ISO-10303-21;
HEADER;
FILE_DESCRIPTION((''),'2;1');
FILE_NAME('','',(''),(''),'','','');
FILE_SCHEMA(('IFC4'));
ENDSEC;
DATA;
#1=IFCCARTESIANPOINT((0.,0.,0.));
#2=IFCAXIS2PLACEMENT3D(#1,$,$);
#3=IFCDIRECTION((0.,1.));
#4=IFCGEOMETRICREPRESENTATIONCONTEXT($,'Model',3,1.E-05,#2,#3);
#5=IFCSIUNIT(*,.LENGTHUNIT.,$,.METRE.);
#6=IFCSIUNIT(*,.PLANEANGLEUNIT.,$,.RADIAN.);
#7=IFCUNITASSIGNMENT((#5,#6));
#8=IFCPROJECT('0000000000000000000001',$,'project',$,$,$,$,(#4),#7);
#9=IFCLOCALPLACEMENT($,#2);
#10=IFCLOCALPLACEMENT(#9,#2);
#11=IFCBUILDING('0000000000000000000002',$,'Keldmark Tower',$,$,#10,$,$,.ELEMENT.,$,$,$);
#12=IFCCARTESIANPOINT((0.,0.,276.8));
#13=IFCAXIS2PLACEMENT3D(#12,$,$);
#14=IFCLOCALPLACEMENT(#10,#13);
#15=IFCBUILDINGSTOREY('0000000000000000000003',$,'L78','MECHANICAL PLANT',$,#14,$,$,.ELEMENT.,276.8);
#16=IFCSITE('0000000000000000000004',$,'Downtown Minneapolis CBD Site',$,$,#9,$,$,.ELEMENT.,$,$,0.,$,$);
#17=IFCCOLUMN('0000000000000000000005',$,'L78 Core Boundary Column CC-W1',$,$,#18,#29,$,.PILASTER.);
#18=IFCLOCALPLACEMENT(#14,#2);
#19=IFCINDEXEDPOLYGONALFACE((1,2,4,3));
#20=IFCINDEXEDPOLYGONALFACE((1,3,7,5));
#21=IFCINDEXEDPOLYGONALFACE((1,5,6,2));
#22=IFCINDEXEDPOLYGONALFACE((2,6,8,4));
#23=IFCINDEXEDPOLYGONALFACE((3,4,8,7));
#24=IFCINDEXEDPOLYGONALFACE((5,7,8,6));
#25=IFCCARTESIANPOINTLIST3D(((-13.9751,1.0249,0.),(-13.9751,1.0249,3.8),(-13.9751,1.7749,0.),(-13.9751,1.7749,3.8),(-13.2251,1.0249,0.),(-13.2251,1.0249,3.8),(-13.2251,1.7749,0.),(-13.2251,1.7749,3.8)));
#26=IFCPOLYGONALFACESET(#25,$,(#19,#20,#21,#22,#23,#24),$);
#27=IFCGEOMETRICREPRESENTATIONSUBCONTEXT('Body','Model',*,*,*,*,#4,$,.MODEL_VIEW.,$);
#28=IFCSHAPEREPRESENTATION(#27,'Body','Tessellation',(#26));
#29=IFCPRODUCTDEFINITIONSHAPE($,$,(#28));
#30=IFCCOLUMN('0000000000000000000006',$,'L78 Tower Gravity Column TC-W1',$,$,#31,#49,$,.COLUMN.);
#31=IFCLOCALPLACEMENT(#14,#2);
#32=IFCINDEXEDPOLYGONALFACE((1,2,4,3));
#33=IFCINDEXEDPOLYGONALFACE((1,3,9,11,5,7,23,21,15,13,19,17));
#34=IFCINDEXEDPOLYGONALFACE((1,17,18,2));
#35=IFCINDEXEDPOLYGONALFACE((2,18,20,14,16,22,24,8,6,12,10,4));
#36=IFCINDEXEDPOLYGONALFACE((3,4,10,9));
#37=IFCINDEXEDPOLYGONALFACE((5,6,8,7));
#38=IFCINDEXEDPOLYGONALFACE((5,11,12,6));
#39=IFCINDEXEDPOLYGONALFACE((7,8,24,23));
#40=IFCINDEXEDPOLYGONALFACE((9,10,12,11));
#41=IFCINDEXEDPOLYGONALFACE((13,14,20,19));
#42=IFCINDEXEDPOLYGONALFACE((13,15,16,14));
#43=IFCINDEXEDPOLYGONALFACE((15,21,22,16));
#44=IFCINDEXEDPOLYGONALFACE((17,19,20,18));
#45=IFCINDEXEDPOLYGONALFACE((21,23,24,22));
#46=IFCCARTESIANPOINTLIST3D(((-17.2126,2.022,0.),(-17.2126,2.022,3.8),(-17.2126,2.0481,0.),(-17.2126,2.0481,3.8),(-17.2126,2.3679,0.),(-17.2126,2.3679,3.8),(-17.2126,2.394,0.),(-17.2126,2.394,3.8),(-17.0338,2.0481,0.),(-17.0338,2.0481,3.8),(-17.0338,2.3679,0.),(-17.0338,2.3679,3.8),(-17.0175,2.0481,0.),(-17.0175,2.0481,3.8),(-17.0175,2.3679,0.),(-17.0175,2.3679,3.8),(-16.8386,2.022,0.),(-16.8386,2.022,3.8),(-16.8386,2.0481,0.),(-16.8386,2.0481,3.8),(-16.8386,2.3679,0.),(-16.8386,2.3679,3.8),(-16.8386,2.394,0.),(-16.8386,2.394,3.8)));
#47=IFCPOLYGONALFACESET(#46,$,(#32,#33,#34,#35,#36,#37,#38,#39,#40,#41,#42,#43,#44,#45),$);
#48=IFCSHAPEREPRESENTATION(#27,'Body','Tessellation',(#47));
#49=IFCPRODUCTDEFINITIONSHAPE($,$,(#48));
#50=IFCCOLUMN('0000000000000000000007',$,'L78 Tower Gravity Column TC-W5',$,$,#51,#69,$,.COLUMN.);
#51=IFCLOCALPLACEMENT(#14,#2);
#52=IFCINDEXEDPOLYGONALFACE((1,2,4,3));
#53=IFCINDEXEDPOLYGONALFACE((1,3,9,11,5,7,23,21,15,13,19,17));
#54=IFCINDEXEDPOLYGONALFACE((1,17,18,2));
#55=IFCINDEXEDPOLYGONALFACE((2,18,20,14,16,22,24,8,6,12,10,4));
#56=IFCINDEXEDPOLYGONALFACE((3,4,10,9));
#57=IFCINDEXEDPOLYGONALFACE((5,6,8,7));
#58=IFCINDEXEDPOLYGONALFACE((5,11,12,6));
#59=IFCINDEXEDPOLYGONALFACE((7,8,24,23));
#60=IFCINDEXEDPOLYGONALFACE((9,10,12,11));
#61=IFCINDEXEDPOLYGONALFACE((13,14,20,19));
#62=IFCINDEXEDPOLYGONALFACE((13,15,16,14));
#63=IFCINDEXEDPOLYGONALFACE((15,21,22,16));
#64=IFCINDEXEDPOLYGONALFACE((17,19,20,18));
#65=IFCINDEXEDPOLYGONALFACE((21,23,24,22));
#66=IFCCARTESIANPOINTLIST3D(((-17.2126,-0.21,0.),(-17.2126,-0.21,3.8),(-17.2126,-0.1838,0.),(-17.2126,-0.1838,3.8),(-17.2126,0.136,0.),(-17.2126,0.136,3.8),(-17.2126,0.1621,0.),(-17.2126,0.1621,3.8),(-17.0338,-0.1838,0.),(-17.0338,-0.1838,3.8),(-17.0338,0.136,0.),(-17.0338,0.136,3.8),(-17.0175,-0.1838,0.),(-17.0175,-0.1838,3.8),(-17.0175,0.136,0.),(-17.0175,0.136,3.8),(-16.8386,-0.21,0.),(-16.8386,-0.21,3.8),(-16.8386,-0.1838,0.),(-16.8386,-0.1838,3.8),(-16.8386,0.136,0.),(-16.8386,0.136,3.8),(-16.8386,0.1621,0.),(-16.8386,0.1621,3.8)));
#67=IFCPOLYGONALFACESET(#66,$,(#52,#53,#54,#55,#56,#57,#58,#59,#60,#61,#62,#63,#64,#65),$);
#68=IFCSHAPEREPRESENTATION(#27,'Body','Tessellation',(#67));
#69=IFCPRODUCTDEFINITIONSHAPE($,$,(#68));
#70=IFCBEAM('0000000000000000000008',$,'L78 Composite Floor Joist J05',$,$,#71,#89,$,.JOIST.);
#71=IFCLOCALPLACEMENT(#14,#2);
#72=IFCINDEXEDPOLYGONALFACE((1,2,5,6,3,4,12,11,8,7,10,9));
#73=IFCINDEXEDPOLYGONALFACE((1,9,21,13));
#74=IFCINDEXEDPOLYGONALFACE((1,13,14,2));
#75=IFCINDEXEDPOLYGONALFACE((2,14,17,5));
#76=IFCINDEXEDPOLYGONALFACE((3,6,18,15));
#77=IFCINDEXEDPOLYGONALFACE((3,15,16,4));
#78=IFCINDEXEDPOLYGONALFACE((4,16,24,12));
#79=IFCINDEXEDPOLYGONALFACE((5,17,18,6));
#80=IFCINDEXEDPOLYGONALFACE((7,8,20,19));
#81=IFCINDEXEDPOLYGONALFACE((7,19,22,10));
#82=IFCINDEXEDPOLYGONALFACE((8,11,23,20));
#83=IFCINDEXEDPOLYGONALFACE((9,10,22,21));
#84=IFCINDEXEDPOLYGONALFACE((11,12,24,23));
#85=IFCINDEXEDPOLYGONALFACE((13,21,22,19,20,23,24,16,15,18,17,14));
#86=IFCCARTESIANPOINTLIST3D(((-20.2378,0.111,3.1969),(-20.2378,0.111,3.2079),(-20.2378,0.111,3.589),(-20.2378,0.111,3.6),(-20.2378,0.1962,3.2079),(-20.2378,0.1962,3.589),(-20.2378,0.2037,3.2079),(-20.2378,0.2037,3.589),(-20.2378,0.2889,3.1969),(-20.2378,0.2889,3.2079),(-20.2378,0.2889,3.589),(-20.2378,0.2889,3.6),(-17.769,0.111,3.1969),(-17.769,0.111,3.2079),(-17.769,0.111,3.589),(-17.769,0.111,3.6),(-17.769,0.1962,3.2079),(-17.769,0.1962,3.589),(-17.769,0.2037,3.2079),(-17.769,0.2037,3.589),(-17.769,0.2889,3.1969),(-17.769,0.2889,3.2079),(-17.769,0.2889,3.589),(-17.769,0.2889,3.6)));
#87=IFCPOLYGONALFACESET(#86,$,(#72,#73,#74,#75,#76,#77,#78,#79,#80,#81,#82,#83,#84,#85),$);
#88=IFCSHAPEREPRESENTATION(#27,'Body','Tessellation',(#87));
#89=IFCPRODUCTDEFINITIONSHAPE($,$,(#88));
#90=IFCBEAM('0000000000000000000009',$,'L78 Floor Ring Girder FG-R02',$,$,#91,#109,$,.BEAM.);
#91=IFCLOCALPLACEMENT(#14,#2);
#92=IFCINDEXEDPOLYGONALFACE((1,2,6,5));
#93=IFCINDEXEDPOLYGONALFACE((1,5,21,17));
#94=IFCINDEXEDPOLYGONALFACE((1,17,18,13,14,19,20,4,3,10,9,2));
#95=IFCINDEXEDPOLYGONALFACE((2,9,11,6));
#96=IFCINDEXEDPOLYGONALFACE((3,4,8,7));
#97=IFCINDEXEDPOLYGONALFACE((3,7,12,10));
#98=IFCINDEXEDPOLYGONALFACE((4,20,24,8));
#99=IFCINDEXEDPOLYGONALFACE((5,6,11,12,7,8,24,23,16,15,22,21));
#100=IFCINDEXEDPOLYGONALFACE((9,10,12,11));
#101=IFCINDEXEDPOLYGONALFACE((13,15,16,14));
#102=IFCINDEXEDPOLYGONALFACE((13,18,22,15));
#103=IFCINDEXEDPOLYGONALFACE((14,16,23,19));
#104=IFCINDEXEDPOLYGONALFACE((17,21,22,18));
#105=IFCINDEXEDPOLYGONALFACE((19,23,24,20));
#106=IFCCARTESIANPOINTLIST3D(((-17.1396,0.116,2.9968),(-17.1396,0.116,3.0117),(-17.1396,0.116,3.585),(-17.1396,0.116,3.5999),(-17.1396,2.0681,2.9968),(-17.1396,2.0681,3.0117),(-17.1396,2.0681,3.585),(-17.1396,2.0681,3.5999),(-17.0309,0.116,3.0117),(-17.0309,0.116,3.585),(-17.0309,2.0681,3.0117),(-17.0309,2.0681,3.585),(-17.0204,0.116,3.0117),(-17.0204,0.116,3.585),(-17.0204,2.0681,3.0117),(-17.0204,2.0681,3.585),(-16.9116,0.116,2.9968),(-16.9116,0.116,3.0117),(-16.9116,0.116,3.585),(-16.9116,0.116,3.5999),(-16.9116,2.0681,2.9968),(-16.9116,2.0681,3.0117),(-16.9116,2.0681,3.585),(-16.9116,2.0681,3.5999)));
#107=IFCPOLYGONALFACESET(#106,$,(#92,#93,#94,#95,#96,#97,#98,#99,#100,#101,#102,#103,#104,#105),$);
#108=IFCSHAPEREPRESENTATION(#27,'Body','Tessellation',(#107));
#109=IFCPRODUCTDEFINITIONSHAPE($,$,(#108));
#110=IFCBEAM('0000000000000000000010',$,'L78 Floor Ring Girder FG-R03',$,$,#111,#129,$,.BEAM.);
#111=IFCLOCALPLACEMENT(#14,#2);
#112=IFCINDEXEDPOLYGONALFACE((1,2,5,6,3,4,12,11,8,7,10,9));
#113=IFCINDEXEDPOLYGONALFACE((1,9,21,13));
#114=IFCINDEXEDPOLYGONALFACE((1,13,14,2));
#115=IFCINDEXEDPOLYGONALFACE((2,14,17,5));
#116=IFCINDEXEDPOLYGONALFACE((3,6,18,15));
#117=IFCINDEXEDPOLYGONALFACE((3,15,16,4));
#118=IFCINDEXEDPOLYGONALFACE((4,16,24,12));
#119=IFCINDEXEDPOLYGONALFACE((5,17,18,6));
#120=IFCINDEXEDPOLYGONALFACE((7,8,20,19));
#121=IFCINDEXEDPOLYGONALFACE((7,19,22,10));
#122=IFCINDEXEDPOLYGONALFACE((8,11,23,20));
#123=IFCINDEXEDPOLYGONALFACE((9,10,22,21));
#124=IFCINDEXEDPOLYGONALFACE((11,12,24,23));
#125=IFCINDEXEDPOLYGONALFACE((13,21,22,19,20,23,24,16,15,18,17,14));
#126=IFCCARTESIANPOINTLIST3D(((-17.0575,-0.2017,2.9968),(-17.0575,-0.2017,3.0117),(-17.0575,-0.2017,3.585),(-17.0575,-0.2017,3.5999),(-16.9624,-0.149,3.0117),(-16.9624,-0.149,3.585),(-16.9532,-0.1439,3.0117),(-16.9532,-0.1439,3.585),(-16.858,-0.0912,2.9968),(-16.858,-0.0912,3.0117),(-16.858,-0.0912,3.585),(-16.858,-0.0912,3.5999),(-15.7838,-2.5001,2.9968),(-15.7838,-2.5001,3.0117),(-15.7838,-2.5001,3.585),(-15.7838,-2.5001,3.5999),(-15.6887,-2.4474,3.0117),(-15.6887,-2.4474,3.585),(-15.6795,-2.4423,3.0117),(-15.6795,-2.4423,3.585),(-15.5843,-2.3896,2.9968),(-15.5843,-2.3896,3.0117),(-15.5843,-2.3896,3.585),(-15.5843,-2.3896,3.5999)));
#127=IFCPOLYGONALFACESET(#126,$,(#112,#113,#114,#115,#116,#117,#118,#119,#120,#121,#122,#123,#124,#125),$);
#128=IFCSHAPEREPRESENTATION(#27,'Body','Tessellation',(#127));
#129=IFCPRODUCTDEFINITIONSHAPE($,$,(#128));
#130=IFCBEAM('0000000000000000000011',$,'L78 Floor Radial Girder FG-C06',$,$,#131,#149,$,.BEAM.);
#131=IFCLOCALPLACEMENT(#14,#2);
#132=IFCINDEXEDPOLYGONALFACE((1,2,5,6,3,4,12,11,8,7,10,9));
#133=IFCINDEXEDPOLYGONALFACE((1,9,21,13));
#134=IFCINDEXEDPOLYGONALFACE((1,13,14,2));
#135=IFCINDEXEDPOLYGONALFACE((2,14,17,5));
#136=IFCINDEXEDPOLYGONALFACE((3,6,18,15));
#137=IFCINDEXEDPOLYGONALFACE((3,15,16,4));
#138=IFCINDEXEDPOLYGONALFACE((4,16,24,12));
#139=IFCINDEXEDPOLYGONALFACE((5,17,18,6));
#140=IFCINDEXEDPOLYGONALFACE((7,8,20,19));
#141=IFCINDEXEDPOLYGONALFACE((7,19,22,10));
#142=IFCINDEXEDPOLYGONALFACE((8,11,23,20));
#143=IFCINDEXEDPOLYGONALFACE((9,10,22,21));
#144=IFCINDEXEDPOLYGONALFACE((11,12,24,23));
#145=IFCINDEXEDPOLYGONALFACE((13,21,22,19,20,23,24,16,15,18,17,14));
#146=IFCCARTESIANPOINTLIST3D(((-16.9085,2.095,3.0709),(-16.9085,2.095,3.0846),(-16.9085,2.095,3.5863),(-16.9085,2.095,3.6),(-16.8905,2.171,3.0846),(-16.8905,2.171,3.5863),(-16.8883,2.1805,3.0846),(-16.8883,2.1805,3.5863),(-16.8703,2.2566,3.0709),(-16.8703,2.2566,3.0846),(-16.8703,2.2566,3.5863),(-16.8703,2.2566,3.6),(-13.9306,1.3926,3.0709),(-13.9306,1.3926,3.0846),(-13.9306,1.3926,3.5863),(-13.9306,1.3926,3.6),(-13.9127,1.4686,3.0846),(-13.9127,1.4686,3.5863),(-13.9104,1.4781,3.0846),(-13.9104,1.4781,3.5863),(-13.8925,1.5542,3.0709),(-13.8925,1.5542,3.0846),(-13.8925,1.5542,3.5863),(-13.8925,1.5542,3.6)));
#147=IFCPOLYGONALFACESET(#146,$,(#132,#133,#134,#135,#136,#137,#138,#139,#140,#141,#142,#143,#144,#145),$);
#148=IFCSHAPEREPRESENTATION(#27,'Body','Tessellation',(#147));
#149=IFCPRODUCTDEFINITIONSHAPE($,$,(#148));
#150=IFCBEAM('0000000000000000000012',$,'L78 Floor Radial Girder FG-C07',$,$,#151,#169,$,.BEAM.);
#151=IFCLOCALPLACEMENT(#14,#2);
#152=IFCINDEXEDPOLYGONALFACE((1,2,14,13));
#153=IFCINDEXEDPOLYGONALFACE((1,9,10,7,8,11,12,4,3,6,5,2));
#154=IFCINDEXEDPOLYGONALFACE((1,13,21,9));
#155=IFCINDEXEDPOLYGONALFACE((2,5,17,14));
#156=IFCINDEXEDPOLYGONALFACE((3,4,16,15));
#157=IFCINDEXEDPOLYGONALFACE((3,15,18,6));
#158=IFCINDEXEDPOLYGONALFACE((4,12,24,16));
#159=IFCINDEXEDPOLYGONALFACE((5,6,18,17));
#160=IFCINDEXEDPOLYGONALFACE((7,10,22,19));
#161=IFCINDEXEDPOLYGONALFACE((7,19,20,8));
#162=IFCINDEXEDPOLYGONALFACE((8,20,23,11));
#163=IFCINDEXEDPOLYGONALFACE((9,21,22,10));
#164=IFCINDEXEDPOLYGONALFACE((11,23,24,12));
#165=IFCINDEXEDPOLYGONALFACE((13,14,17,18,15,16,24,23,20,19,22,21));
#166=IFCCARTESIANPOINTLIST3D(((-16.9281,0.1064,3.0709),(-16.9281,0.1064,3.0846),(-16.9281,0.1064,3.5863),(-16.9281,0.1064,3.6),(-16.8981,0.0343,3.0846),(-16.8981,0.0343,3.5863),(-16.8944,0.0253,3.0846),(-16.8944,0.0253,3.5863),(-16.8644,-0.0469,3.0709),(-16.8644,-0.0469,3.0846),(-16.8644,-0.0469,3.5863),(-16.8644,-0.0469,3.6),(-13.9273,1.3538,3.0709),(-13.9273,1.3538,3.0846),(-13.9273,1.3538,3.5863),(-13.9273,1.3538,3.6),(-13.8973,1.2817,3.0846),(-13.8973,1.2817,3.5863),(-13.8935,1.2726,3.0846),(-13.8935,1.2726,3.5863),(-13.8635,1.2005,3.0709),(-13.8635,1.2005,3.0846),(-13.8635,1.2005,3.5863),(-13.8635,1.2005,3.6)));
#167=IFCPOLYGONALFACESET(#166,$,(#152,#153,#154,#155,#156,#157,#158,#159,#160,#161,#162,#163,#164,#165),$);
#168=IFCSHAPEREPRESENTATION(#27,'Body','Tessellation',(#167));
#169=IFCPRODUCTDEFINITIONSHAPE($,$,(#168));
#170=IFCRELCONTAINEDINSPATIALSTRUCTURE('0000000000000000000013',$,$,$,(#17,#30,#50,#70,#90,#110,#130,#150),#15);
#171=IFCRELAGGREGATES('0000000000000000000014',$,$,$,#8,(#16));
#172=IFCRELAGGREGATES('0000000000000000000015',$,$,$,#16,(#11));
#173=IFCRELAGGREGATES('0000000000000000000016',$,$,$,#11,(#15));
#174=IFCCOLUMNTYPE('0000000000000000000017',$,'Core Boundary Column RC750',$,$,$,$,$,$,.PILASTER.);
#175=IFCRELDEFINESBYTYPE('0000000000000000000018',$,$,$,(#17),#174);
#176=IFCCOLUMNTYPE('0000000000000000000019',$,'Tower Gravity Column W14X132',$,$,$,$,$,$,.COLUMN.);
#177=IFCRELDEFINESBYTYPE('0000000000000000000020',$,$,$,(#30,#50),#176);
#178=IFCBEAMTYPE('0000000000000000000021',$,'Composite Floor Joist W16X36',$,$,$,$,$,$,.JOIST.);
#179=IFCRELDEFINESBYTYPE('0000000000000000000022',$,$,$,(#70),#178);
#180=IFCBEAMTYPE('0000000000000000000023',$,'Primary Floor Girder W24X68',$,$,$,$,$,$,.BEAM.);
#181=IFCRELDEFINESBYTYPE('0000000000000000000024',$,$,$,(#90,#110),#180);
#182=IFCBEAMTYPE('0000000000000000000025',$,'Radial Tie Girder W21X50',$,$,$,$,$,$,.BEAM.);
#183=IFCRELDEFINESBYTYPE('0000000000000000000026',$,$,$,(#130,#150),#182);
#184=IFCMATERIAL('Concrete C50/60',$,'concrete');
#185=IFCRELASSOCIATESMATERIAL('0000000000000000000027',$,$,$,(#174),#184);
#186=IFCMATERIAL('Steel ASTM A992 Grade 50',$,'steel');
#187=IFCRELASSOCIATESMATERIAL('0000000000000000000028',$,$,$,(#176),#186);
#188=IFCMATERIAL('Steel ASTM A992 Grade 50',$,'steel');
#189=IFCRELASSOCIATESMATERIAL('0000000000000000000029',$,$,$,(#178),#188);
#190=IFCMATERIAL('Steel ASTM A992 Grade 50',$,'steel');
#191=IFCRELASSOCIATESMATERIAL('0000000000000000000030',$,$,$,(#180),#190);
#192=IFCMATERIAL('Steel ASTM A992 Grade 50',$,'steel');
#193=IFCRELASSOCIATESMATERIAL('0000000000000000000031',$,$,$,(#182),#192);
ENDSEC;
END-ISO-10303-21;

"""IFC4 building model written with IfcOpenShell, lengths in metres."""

from ifc_helpers import new_model, si_unit, direction, frame, origin, origin_2d, place, context, subcontext, project, spatial, rectangle, i_section, extrude, material, material_profile, profile_set, type_object, element, save


model = new_model("IFC4")

# Units and contexts
model_context = context("Model", 3, precision=1e-05, world=origin(), true_north=direction((0.0, 1.0)))
body_context = subcontext(model_context, "Body", "Model", "MODEL_VIEW")
ifc_project = project(units=[si_unit("LENGTHUNIT", "METRE"), si_unit("PLANEANGLEUNIT", "RADIAN")], contexts=[model_context])

# Site, building, storey
site_placement = place(None, origin())
site = spatial("IfcSite", under=ifc_project, at=site_placement, Name="Downtown Minneapolis CBD Site", CompositionType="ELEMENT", RefElevation=0.0)
building_placement = place(site_placement, origin())
building = spatial("IfcBuilding", under=site, at=building_placement, Name="Keldmark Tower", CompositionType="ELEMENT")
storey_placement = place(building_placement, frame((0.0, 0.0, 276.8)))
storey = spatial("IfcBuildingStorey", under=building, at=storey_placement, Name="L78", Description="MECHANICAL PLANT", CompositionType="ELEMENT", Elevation=276.8)

# Columns
ifc_material_1 = material(Name="Concrete C50/60", Category="concrete")
ifc_material_profile_1 = material_profile(ifc_material_1, rectangle(XDim=0.75, YDim=0.75, at=origin_2d()), Name="RC750X750")
ifc_profile_set_1 = profile_set([ifc_material_profile_1], Name="Concrete C50/60")
column_type_1 = type_object("IfcColumnType", Name="Core Boundary Column RC750", PredefinedType="PILASTER", material=ifc_profile_set_1)
column_placement = place(storey_placement, frame((-13.6001, 1.3999, 0.0), z_axis=(0.0, 0.0, 1.0), x_axis=(1.0, 0.0, 0.0)))
element("IfcColumn", 1, at=column_placement, inside=storey, type_object=column_type_1, Name="L78 Core Boundary Column CC-W1", PredefinedType="PILASTER", context=body_context, shape_type="SweptSolid", body=[
    extrude(rectangle(XDim=0.75, YDim=0.75, at=origin_2d()), origin(), (0.0, 0.0, 1.0), 3.8),
])
ifc_material_2 = material(Name="Steel ASTM A992 Grade 50", Category="steel")
ifc_material_profile_2 = material_profile(ifc_material_2, i_section(OverallWidth=0.374, OverallDepth=0.3721, WebThickness=0.0164, FlangeThickness=0.0261, at=origin_2d()), Name="W14X132")
ifc_profile_set_2 = profile_set([ifc_material_profile_2], Name="Steel ASTM A992 Grade 50")
column_type_2 = type_object("IfcColumnType", Name="Tower Gravity Column W14X132", PredefinedType="COLUMN", material=ifc_profile_set_2)
for number, where, z_axis, x_axis, name in (
    (2, (-17.0256, 2.208, 0.0), (0.0, 0.0, 1.0), (1.0, 0.0, 0.0), "L78 Tower Gravity Column TC-W1"),
    (3, (-17.0256, -0.0239, 0.0), (0.0, 0.0, 1.0), (1.0, 0.0, 0.0), "L78 Tower Gravity Column TC-W5"),
):
    element("IfcColumn", number, at=place(storey_placement, frame(where, z_axis=z_axis, x_axis=x_axis)), inside=storey, type_object=column_type_2, Name=name, PredefinedType="COLUMN", context=body_context, shape_type="SweptSolid", body=[
        extrude(i_section(OverallWidth=0.374, OverallDepth=0.3721, WebThickness=0.0164, FlangeThickness=0.0261, at=origin_2d()), origin(), (0.0, 0.0, 1.0), 3.8),
    ])

# Beams
ifc_material_3 = material(Name="Steel ASTM A992 Grade 50", Category="steel")
ifc_material_profile_3 = material_profile(ifc_material_3, i_section(OverallWidth=0.178, OverallDepth=0.4031, WebThickness=0.0076, FlangeThickness=0.011, at=origin_2d()), Name="W16X36")
ifc_profile_set_3 = profile_set([ifc_material_profile_3], Name="Steel ASTM A992 Grade 50")
beam_type_1 = type_object("IfcBeamType", Name="Composite Floor Joist W16X36", PredefinedType="JOIST", material=ifc_profile_set_3)
beam_1_placement = place(storey_placement, frame((-20.2378, 0.2, 3.3984), z_axis=(1.0, 0.0, 0.0), x_axis=(0.0, 1.0, 0.0)))
element("IfcBeam", 4, at=beam_1_placement, inside=storey, type_object=beam_type_1, Name="L78 Composite Floor Joist J05", PredefinedType="JOIST", context=body_context, shape_type="SweptSolid", body=[
    extrude(i_section(OverallWidth=0.178, OverallDepth=0.4031, WebThickness=0.0076, FlangeThickness=0.011, at=origin_2d()), origin(), (0.0, 0.0, 1.0), 2.4688),
])
ifc_material_4 = material(Name="Steel ASTM A992 Grade 50", Category="steel")
ifc_material_profile_4 = material_profile(ifc_material_4, i_section(OverallWidth=0.228, OverallDepth=0.603, WebThickness=0.0105, FlangeThickness=0.0149, at=origin_2d()), Name="W24X68")
ifc_profile_set_4 = profile_set([ifc_material_profile_4], Name="Steel ASTM A992 Grade 50")
beam_type_2 = type_object("IfcBeamType", Name="Primary Floor Girder W24X68", PredefinedType="BEAM", material=ifc_profile_set_4)
beam_2_placement = place(storey_placement, frame((-17.0256, 2.0681, 3.2983), z_axis=(0.0, -1.0, 0.0), x_axis=(1.0, 0.0, 0.0)))
element("IfcBeam", 5, at=beam_2_placement, inside=storey, type_object=beam_type_2, Name="L78 Floor Ring Girder FG-R02", PredefinedType="BEAM", context=body_context, shape_type="SweptSolid", body=[
    extrude(i_section(OverallWidth=0.228, OverallDepth=0.603, WebThickness=0.0105, FlangeThickness=0.0149, at=origin_2d()), origin(), (0.0, 0.0, 1.0), 1.9521),
])
beam_3_placement = place(storey_placement, frame((-16.9578, -0.1465, 3.2983), z_axis=(0.48472, -0.87467, 0.0), x_axis=(0.87467, 0.48472, 0.0)))
element("IfcBeam", 6, at=beam_3_placement, inside=storey, type_object=beam_type_2, Name="L78 Floor Ring Girder FG-R03", PredefinedType="BEAM", context=body_context, shape_type="SweptSolid", body=[
    extrude(i_section(OverallWidth=0.228, OverallDepth=0.603, WebThickness=0.0105, FlangeThickness=0.0149, at=origin_2d()), origin(), (0.0, 0.0, 1.0), 2.6277),
])
ifc_material_5 = material(Name="Steel ASTM A992 Grade 50", Category="steel")
ifc_material_profile_5 = material_profile(ifc_material_5, i_section(OverallWidth=0.166, OverallDepth=0.5291, WebThickness=0.0098, FlangeThickness=0.0137, at=origin_2d()), Name="W21X50")
ifc_profile_set_5 = profile_set([ifc_material_profile_5], Name="Steel ASTM A992 Grade 50")
beam_type_3 = type_object("IfcBeamType", Name="Radial Tie Girder W21X50", PredefinedType="BEAM", material=ifc_profile_set_5)
beam_4_placement = place(storey_placement, frame((-16.8894, 2.1758, 3.3354), z_axis=(0.97329, -0.229577, 0.0), x_axis=(0.229577, 0.97329, 0.0)))
element("IfcBeam", 7, at=beam_4_placement, inside=storey, type_object=beam_type_3, Name="L78 Floor Radial Girder FG-C06", PredefinedType="BEAM", context=body_context, shape_type="SweptSolid", body=[
    extrude(i_section(OverallWidth=0.166, OverallDepth=0.5291, WebThickness=0.0098, FlangeThickness=0.0137, at=origin_2d()), origin(), (0.0, 0.0, 1.0), 3.0596),
])
beam_5_placement = place(storey_placement, frame((-16.8962, 0.0298, 3.3354), z_axis=(0.923403, 0.383831, 0.0), x_axis=(-0.383831, 0.923403, 0.0)))
element("IfcBeam", 8, at=beam_5_placement, inside=storey, type_object=beam_type_3, Name="L78 Floor Radial Girder FG-C07", PredefinedType="BEAM", context=body_context, shape_type="SweptSolid", body=[
    extrude(i_section(OverallWidth=0.166, OverallDepth=0.5291, WebThickness=0.0098, FlangeThickness=0.0137, at=origin_2d()), origin(), (0.0, 0.0, 1.0), 3.2498),
])

save(model, "model.ifc")
